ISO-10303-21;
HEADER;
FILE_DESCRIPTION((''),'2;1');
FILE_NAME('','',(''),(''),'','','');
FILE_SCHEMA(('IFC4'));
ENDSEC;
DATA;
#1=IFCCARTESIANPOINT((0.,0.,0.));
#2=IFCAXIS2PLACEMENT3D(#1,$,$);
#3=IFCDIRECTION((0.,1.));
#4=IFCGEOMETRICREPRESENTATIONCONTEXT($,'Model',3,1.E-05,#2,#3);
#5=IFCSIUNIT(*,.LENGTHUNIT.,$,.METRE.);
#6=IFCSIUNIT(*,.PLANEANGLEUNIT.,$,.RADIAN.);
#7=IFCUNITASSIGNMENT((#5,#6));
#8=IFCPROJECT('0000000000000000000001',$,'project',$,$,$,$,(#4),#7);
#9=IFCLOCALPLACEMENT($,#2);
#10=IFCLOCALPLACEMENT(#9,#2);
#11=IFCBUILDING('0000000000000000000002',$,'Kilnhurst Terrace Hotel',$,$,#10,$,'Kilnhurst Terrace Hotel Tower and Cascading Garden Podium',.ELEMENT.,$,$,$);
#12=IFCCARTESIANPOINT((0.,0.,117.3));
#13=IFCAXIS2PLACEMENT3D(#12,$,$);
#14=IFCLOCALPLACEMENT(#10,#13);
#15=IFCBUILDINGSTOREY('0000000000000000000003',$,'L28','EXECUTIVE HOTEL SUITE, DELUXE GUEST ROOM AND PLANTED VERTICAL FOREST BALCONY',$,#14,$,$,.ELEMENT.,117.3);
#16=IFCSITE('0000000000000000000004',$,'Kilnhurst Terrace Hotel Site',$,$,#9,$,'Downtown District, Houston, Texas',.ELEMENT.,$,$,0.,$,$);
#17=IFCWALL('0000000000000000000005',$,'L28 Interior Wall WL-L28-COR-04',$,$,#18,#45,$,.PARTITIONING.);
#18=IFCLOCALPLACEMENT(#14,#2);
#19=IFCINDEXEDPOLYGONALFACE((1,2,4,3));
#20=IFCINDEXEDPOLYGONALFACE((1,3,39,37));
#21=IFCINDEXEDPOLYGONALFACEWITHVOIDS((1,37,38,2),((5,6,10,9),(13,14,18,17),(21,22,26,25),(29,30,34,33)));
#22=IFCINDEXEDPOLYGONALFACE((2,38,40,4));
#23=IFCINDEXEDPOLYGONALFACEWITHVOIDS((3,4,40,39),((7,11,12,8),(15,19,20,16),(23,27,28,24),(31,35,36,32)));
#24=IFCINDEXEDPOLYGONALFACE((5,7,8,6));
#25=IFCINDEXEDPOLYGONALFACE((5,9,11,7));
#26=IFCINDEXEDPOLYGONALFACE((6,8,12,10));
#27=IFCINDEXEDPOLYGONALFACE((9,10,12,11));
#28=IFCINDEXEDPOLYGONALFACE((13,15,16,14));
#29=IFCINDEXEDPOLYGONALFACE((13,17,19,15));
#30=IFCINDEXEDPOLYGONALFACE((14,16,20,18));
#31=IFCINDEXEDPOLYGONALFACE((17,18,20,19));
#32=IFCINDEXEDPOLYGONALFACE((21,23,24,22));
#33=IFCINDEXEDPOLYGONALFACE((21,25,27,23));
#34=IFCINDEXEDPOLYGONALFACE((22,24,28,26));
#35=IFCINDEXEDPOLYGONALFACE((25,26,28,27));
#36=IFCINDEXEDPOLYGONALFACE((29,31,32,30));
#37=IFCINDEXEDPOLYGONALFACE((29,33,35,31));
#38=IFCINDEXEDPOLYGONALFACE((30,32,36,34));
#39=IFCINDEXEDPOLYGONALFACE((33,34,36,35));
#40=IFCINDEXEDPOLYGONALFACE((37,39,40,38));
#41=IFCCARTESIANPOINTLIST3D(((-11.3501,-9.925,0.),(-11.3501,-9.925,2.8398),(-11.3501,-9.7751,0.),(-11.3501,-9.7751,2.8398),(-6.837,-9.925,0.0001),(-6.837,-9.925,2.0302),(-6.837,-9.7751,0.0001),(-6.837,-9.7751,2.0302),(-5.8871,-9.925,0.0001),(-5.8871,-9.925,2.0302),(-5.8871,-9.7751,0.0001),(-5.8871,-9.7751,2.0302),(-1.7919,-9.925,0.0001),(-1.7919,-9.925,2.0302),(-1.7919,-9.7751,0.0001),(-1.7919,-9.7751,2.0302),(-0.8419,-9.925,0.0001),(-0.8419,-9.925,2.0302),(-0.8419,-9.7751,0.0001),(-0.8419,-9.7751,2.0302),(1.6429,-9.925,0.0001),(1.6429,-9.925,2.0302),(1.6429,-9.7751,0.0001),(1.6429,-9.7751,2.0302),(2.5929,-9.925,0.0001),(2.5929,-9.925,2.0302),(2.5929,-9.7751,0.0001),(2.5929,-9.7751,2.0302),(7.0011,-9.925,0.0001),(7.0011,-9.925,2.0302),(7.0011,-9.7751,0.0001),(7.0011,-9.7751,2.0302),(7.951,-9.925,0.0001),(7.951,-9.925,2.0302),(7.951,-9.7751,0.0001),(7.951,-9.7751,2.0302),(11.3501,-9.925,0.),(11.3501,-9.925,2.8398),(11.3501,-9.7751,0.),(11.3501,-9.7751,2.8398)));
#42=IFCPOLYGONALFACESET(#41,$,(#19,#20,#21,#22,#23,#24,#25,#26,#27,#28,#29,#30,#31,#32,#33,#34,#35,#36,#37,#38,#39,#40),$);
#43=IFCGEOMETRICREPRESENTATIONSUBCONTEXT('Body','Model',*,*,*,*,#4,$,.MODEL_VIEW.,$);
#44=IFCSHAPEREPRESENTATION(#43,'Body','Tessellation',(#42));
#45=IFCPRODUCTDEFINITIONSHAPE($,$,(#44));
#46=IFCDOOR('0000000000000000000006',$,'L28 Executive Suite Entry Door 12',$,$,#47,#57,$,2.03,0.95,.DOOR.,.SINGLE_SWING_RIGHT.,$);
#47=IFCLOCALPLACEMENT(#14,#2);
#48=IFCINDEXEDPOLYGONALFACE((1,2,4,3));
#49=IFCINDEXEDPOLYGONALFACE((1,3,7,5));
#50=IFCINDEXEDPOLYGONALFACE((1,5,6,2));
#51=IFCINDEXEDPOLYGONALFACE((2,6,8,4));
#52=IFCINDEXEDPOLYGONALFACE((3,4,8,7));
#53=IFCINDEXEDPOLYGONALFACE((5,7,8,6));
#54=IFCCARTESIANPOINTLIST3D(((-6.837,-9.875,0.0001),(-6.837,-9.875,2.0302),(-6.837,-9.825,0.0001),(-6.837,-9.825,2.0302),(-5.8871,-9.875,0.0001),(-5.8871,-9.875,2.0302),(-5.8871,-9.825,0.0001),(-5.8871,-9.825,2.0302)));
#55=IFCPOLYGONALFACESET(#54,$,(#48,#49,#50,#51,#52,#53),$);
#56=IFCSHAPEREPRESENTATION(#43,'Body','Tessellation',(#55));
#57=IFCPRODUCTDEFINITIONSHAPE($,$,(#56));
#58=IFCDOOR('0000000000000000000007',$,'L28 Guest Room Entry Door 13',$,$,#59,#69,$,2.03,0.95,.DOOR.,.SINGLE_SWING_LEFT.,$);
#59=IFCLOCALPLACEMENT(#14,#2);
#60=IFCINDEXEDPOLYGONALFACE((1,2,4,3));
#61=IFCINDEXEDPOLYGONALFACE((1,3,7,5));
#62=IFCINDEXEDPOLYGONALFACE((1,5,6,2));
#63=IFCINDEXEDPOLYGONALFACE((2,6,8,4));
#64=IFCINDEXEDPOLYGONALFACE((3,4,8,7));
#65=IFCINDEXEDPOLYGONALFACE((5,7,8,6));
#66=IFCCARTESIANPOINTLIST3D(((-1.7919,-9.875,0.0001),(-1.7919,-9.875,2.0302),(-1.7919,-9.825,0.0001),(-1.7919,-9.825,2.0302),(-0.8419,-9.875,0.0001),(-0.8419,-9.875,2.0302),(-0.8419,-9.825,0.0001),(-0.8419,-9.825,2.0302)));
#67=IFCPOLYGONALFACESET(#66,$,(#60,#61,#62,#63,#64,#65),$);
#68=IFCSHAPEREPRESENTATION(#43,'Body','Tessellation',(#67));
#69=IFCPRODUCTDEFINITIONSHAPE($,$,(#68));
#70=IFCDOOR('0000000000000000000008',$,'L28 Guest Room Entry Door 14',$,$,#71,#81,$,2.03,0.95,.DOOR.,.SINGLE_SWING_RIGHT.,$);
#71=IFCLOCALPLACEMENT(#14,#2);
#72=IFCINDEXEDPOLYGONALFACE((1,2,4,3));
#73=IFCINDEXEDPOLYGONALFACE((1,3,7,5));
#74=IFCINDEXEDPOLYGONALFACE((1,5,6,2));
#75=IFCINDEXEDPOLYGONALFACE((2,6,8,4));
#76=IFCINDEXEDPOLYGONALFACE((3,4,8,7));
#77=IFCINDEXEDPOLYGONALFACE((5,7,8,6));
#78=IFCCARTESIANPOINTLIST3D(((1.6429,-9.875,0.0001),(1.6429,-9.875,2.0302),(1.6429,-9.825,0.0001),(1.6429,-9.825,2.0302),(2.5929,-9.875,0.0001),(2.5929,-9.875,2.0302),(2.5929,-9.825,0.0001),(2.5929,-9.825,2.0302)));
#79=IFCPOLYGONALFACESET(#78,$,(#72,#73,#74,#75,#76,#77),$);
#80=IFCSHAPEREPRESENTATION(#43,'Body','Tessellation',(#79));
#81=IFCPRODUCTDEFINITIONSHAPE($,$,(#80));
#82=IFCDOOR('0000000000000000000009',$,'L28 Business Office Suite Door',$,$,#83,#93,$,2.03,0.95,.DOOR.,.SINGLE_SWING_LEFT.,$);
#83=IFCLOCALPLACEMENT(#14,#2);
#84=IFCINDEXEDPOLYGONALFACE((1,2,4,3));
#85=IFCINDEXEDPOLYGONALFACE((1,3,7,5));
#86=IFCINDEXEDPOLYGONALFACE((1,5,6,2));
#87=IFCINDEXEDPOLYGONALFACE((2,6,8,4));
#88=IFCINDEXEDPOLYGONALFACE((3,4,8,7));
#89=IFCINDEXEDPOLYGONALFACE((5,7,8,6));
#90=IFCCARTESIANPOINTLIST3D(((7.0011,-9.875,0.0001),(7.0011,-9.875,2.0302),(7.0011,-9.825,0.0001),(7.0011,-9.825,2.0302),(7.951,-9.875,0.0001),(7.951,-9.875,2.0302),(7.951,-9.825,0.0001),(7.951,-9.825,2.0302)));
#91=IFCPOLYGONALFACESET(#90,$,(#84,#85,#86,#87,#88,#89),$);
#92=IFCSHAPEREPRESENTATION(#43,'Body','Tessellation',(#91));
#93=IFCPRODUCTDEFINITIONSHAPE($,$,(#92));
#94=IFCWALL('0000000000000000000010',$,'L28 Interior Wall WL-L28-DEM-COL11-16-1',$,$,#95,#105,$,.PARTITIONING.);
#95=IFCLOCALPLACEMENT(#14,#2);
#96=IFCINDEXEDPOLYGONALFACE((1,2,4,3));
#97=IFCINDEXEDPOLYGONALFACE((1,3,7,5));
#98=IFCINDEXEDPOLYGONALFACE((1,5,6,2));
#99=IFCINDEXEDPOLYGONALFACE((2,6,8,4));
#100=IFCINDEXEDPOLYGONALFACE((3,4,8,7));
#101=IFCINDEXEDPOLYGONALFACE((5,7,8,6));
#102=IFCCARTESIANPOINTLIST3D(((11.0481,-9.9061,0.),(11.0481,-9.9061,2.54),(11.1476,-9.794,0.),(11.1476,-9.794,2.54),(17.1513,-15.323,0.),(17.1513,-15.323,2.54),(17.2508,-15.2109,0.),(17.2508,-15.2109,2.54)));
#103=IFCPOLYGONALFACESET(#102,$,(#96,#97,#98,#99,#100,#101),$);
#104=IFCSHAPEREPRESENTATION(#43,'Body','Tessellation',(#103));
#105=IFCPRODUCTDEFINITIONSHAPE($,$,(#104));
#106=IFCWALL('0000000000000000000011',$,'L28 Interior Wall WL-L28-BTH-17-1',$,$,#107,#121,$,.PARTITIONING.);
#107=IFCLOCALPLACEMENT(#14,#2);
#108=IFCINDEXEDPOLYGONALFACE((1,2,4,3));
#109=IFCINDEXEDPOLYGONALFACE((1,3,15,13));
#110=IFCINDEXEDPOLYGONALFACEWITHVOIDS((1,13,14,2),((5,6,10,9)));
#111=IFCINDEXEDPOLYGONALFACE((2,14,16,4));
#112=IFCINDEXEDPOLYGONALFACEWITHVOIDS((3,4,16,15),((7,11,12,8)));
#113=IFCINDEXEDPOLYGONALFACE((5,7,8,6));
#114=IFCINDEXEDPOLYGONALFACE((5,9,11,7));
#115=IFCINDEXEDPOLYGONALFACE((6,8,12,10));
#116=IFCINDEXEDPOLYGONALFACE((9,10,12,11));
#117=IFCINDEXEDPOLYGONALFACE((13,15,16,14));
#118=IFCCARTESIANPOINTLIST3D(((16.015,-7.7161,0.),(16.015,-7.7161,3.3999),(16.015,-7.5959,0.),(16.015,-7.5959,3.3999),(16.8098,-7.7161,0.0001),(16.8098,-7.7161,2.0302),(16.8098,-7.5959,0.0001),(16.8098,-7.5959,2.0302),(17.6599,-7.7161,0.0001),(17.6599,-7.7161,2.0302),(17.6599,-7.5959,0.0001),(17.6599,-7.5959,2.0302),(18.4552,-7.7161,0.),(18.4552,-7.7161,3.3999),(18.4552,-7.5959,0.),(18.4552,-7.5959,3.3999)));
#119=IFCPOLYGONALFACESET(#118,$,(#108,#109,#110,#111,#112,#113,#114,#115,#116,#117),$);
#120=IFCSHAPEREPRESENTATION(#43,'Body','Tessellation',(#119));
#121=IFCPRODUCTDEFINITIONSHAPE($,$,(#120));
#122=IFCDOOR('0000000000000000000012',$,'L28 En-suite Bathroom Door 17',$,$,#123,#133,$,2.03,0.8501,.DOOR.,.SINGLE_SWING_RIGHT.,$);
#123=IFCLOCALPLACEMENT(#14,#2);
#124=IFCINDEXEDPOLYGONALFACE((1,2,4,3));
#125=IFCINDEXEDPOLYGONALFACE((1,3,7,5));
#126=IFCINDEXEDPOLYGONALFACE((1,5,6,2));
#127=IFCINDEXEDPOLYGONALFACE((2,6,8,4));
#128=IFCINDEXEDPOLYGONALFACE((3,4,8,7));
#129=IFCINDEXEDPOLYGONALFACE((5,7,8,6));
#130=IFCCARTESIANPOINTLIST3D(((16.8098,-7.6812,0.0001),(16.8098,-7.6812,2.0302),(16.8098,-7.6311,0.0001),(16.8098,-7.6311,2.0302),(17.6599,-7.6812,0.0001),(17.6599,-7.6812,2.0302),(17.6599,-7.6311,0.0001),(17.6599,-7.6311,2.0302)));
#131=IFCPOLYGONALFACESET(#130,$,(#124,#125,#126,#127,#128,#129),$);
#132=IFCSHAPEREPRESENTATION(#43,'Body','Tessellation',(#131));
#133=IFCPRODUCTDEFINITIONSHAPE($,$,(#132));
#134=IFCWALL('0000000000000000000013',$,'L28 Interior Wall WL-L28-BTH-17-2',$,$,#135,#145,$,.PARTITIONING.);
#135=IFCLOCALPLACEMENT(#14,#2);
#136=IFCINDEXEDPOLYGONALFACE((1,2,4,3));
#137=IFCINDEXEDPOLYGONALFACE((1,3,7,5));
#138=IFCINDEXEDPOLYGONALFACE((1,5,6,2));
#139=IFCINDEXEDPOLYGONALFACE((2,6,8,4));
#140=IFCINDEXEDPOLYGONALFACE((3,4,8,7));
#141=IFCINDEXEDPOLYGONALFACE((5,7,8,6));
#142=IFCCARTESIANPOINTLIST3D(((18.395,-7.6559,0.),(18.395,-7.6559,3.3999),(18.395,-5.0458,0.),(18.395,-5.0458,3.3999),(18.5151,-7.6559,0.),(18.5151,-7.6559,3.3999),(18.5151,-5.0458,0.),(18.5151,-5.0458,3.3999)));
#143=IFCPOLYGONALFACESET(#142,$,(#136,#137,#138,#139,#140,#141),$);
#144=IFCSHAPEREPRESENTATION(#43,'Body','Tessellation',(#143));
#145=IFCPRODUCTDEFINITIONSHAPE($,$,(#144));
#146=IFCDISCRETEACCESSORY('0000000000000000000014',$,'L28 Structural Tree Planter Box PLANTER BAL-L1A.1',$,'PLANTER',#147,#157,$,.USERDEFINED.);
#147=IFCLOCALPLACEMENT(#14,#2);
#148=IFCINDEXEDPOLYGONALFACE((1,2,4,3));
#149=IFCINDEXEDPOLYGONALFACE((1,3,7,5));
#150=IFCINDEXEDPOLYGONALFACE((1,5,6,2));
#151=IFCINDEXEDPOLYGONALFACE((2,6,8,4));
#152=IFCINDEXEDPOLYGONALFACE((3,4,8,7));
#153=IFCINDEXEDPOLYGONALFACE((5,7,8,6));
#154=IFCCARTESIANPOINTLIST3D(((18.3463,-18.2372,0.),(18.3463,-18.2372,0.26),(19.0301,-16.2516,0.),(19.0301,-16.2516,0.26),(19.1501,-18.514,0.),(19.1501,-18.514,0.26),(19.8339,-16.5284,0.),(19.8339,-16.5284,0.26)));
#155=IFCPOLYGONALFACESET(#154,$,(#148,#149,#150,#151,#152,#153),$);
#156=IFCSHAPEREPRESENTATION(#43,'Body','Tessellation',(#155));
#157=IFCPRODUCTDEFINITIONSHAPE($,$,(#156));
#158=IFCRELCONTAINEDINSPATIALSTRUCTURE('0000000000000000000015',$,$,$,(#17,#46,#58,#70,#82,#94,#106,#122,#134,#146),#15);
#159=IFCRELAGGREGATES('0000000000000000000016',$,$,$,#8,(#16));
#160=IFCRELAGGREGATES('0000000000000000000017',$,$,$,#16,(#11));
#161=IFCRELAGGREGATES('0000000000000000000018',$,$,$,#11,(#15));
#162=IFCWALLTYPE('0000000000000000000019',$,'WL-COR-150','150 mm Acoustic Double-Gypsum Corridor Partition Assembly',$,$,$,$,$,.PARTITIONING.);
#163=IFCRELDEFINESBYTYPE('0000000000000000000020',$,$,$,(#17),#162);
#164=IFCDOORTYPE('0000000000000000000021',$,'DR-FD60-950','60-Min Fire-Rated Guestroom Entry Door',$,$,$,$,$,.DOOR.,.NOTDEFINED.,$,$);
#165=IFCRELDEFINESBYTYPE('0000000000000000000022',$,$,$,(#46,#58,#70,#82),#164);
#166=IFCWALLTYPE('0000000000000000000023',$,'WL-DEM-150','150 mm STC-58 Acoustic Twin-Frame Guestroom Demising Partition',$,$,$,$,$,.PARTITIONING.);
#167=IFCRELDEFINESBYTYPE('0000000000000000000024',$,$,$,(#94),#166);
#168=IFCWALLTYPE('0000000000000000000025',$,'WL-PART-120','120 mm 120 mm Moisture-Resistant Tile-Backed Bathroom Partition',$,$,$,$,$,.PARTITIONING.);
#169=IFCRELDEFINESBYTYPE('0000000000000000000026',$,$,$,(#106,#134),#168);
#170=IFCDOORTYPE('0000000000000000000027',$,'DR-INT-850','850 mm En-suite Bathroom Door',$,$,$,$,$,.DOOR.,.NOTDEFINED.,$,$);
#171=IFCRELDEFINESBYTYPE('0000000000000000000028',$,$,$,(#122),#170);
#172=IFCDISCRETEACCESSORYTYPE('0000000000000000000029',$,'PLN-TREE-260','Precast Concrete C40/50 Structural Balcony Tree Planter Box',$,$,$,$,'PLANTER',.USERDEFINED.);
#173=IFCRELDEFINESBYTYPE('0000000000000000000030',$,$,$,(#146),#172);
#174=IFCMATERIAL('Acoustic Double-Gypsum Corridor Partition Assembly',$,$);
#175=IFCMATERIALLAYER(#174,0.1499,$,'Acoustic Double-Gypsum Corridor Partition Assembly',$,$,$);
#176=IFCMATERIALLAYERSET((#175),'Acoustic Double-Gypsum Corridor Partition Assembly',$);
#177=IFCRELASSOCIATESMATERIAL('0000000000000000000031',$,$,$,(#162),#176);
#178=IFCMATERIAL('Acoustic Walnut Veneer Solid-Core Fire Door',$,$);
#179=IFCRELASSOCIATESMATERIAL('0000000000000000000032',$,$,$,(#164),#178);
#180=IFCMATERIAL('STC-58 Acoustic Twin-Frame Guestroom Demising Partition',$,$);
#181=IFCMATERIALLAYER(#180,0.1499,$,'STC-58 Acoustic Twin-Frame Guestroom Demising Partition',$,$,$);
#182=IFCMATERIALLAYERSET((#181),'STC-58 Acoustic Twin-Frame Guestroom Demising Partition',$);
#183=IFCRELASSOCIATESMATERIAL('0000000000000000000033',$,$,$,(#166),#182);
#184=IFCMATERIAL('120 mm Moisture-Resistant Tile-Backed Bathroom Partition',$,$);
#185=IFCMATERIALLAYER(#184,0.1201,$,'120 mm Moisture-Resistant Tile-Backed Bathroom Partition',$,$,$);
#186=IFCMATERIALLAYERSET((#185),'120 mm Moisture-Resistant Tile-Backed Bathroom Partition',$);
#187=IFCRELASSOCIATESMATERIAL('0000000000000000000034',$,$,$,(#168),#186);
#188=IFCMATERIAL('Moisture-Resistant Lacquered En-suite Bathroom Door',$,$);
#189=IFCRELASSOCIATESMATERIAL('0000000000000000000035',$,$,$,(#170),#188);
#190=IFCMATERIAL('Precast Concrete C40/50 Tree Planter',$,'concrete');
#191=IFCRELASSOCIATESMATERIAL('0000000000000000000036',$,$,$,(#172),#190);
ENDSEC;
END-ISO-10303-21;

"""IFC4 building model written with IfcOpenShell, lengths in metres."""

from ifc_helpers import new_model, si_unit, direction, frame, frame_2d, origin, origin_2d, place, context, subcontext, project, spatial, rectangle, extrude, material, layer, layer_set, type_object, element, fill, save


model = new_model("IFC4")

# Units and contexts
model_context = context("Model", 3, precision=1e-05, world=origin(), true_north=direction((0.0, 1.0)))
body_context = subcontext(model_context, "Body", "Model", "MODEL_VIEW")
ifc_project = project(units=[si_unit("LENGTHUNIT", "METRE"), si_unit("PLANEANGLEUNIT", "RADIAN")], contexts=[model_context])

# Site, building, storey
site_placement = place(None, origin())
site = spatial("IfcSite", under=ifc_project, at=site_placement, Name="Kilnhurst Terrace Hotel Site", LongName="Downtown District, Houston, Texas", CompositionType="ELEMENT", RefElevation=0.0)
building_placement = place(site_placement, origin())
building = spatial("IfcBuilding", under=site, at=building_placement, Name="Kilnhurst Terrace Hotel", LongName="Kilnhurst Terrace Hotel Tower and Cascading Garden Podium", CompositionType="ELEMENT")
storey_placement = place(building_placement, frame((0.0, 0.0, 117.3)))
storey = spatial("IfcBuildingStorey", under=building, at=storey_placement, Name="L28", Description="EXECUTIVE HOTEL SUITE, DELUXE GUEST ROOM AND PLANTED VERTICAL FOREST BALCONY", CompositionType="ELEMENT", Elevation=117.3)

# Wall, openings, doors
ifc_material_1 = material(Name="Acoustic Double-Gypsum Corridor Partition Assembly")
ifc_layer_1 = layer(ifc_material_1, 0.1499, Name="Acoustic Double-Gypsum Corridor Partition Assembly")
ifc_layer_set_1 = layer_set([ifc_layer_1], Name="Acoustic Double-Gypsum Corridor Partition Assembly")
wall_type_1 = type_object("IfcWallType", Name="WL-COR-150", Description="150 mm Acoustic Double-Gypsum Corridor Partition Assembly", PredefinedType="PARTITIONING", material=ifc_layer_set_1)
wall_1_placement = place(storey_placement, frame((11.3501, -9.8501, 0.0), z_axis=(0.0, 0.0, 1.0), x_axis=(-1.0, 0.0, 0.0)))
wall_1 = element("IfcWall", 1, at=wall_1_placement, inside=storey, type_object=wall_type_1, Name="L28 Interior Wall WL-L28-COR-04", PredefinedType="PARTITIONING", context=body_context, shape_type="SweptSolid", body=[
    extrude(rectangle(XDim=22.7002, YDim=0.1499, at=frame_2d((11.3501, 0.0))), origin(), (0.0, 0.0, 1.0), 2.8398),
])
opening_1_placement = place(wall_1_placement, frame((17.2371, 0.0, 0.0)))
opening_1 = element("IfcOpeningElement", 2, at=opening_1_placement, cuts=wall_1, PredefinedType="OPENING", context=body_context, shape_type="SweptSolid", body=[
    extrude(rectangle(XDim=0.95, YDim=2.03, at=frame_2d((0.4751, 1.0151))), frame((0.0, 0.085, 0.0), z_axis=(0.0, -1.0, 0.0), x_axis=(1.0, 0.0, 0.0)), (0.0, 0.0, 1.0), 0.1699),
])
opening_2_placement = place(wall_1_placement, frame((12.1919, 0.0, 0.0)))
opening_2 = element("IfcOpeningElement", 3, at=opening_2_placement, cuts=wall_1, PredefinedType="OPENING", context=body_context, shape_type="SweptSolid", body=[
    extrude(rectangle(XDim=0.95, YDim=2.03, at=frame_2d((0.4751, 1.0151))), frame((0.0, 0.085, 0.0), z_axis=(0.0, -1.0, 0.0), x_axis=(1.0, 0.0, 0.0)), (0.0, 0.0, 1.0), 0.1699),
])
opening_3_placement = place(wall_1_placement, frame((8.7571, 0.0, 0.0)))
opening_3 = element("IfcOpeningElement", 4, at=opening_3_placement, cuts=wall_1, PredefinedType="OPENING", context=body_context, shape_type="SweptSolid", body=[
    extrude(rectangle(XDim=0.95, YDim=2.03, at=frame_2d((0.4751, 1.0151))), frame((0.0, 0.085, 0.0), z_axis=(0.0, -1.0, 0.0), x_axis=(1.0, 0.0, 0.0)), (0.0, 0.0, 1.0), 0.1699),
])
opening_4_placement = place(wall_1_placement, frame((3.3989, 0.0, 0.0)))
opening_4 = element("IfcOpeningElement", 5, at=opening_4_placement, cuts=wall_1, PredefinedType="OPENING", context=body_context, shape_type="SweptSolid", body=[
    extrude(rectangle(XDim=0.95, YDim=2.03, at=frame_2d((0.4751, 1.0151))), frame((0.0, 0.085, 0.0), z_axis=(0.0, -1.0, 0.0), x_axis=(1.0, 0.0, 0.0)), (0.0, 0.0, 1.0), 0.1699),
])
ifc_material_2 = material(Name="Acoustic Walnut Veneer Solid-Core Fire Door")
door_type_1 = type_object("IfcDoorType", Name="DR-FD60-950", Description="60-Min Fire-Rated Guestroom Entry Door", OperationType="NOTDEFINED", PredefinedType="DOOR", material=ifc_material_2)
door_1_placement = place(opening_1_placement, origin())
door_1 = element("IfcDoor", 6, at=door_1_placement, inside=storey, type_object=door_type_1, Name="L28 Executive Suite Entry Door 12", OperationType="SINGLE_SWING_RIGHT", OverallHeight=2.03, OverallWidth=0.95, PredefinedType="DOOR", context=body_context, shape_type="SweptSolid", body=[
    extrude(rectangle(XDim=0.95, YDim=2.03, at=frame_2d((0.4751, 1.0151))), frame((0.0, 0.0249, 0.0), z_axis=(0.0, -1.0, 0.0), x_axis=(1.0, 0.0, 0.0)), (0.0, 0.0, 1.0), 0.05),
])
fill(opening_1, door_1)
door_2_placement = place(opening_2_placement, origin())
door_2 = element("IfcDoor", 7, at=door_2_placement, inside=storey, type_object=door_type_1, Name="L28 Guest Room Entry Door 13", OperationType="SINGLE_SWING_LEFT", OverallHeight=2.03, OverallWidth=0.95, PredefinedType="DOOR", context=body_context, shape_type="SweptSolid", body=[
    extrude(rectangle(XDim=0.95, YDim=2.03, at=frame_2d((0.4751, 1.0151))), frame((0.0, 0.0249, 0.0), z_axis=(0.0, -1.0, 0.0), x_axis=(1.0, 0.0, 0.0)), (0.0, 0.0, 1.0), 0.05),
])
fill(opening_2, door_2)
door_3_placement = place(opening_3_placement, origin())
door_3 = element("IfcDoor", 8, at=door_3_placement, inside=storey, type_object=door_type_1, Name="L28 Guest Room Entry Door 14", OperationType="SINGLE_SWING_RIGHT", OverallHeight=2.03, OverallWidth=0.95, PredefinedType="DOOR", context=body_context, shape_type="SweptSolid", body=[
    extrude(rectangle(XDim=0.95, YDim=2.03, at=frame_2d((0.4751, 1.0151))), frame((0.0, 0.0249, 0.0), z_axis=(0.0, -1.0, 0.0), x_axis=(1.0, 0.0, 0.0)), (0.0, 0.0, 1.0), 0.05),
])
fill(opening_3, door_3)
door_4_placement = place(opening_4_placement, origin())
door_4 = element("IfcDoor", 9, at=door_4_placement, inside=storey, type_object=door_type_1, Name="L28 Business Office Suite Door", OperationType="SINGLE_SWING_LEFT", OverallHeight=2.03, OverallWidth=0.95, PredefinedType="DOOR", context=body_context, shape_type="SweptSolid", body=[
    extrude(rectangle(XDim=0.95, YDim=2.03, at=frame_2d((0.4751, 1.0151))), frame((0.0, 0.0249, 0.0), z_axis=(0.0, -1.0, 0.0), x_axis=(1.0, 0.0, 0.0)), (0.0, 0.0, 1.0), 0.05),
])
fill(opening_4, door_4)

# Wall
ifc_material_3 = material(Name="STC-58 Acoustic Twin-Frame Guestroom Demising Partition")
ifc_layer_2 = layer(ifc_material_3, 0.1499, Name="STC-58 Acoustic Twin-Frame Guestroom Demising Partition")
ifc_layer_set_2 = layer_set([ifc_layer_2], Name="STC-58 Acoustic Twin-Frame Guestroom Demising Partition")
wall_type_2 = type_object("IfcWallType", Name="WL-DEM-150", Description="150 mm STC-58 Acoustic Twin-Frame Guestroom Demising Partition", PredefinedType="PARTITIONING", material=ifc_layer_set_2)
wall_2_placement = place(storey_placement, frame((11.0979, -9.8501, 0.0), z_axis=(0.0, 0.0, 1.0), x_axis=(0.747904, -0.663807, 0.0)))
element("IfcWall", 10, at=wall_2_placement, inside=storey, type_object=wall_type_2, Name="L28 Interior Wall WL-L28-DEM-COL11-16-1", PredefinedType="PARTITIONING", context=body_context, shape_type="SweptSolid", body=[
    extrude(rectangle(XDim=8.1604, YDim=0.1499, at=frame_2d((4.0801, 0.0))), origin(), (0.0, 0.0, 1.0), 2.54),
])

# Wall, opening, door
ifc_material_4 = material(Name="120 mm Moisture-Resistant Tile-Backed Bathroom Partition")
ifc_layer_3 = layer(ifc_material_4, 0.1201, Name="120 mm Moisture-Resistant Tile-Backed Bathroom Partition")
ifc_layer_set_3 = layer_set([ifc_layer_3], Name="120 mm Moisture-Resistant Tile-Backed Bathroom Partition")
wall_type_3 = type_object("IfcWallType", Name="WL-PART-120", Description="120 mm 120 mm Moisture-Resistant Tile-Backed Bathroom Partition", PredefinedType="PARTITIONING", material=ifc_layer_set_3)
wall_3_placement = place(storey_placement, frame((16.0149, -7.656, 0.0), z_axis=(0.0, 0.0, 1.0), x_axis=(1.0, 0.0, 0.0)))
wall_3 = element("IfcWall", 11, at=wall_3_placement, inside=storey, type_object=wall_type_3, Name="L28 Interior Wall WL-L28-BTH-17-1", PredefinedType="PARTITIONING", context=body_context, shape_type="SweptSolid", body=[
    extrude(rectangle(XDim=2.4402, YDim=0.1201, at=frame_2d((1.2202, 0.0))), origin(), (0.0, 0.0, 1.0), 3.3999),
])
opening_5_placement = place(wall_3_placement, frame((0.7949, 0.0, 0.0)))
opening_5 = element("IfcOpeningElement", 12, at=opening_5_placement, cuts=wall_3, PredefinedType="OPENING", context=body_context, shape_type="SweptSolid", body=[
    extrude(rectangle(XDim=0.8501, YDim=2.03, at=frame_2d((0.425, 1.0151))), frame((0.0, 0.0701, 0.0), z_axis=(0.0, -1.0, 0.0), x_axis=(1.0, 0.0, 0.0)), (0.0, 0.0, 1.0), 0.1401),
])
ifc_material_5 = material(Name="Moisture-Resistant Lacquered En-suite Bathroom Door")
door_type_2 = type_object("IfcDoorType", Name="DR-INT-850", Description="850 mm En-suite Bathroom Door", OperationType="NOTDEFINED", PredefinedType="DOOR", material=ifc_material_5)
door_5_placement = place(opening_5_placement, origin())
door_5 = element("IfcDoor", 13, at=door_5_placement, inside=storey, type_object=door_type_2, Name="L28 En-suite Bathroom Door 17", OperationType="SINGLE_SWING_RIGHT", OverallHeight=2.03, OverallWidth=0.8501, PredefinedType="DOOR", context=body_context, shape_type="SweptSolid", body=[
    extrude(rectangle(XDim=0.8501, YDim=2.03, at=frame_2d((0.425, 1.0151))), frame((0.0, 0.0249, 0.0), z_axis=(0.0, -1.0, 0.0), x_axis=(1.0, 0.0, 0.0)), (0.0, 0.0, 1.0), 0.05),
])
fill(opening_5, door_5)

# Wall
wall_4_placement = place(storey_placement, frame((18.4551, -7.656, 0.0), z_axis=(0.0, 0.0, 1.0), x_axis=(0.0, 1.0, 0.0)))
element("IfcWall", 14, at=wall_4_placement, inside=storey, type_object=wall_type_3, Name="L28 Interior Wall WL-L28-BTH-17-2", PredefinedType="PARTITIONING", context=body_context, shape_type="SweptSolid", body=[
    extrude(rectangle(XDim=2.6101, YDim=0.1201, at=frame_2d((1.3052, 0.0))), origin(), (0.0, 0.0, 1.0), 3.3999),
])

# Discrete accessory
ifc_material_6 = material(Name="Precast Concrete C40/50 Tree Planter", Category="concrete")
discrete_accessory_type = type_object("IfcDiscreteAccessoryType", Name="PLN-TREE-260", Description="Precast Concrete C40/50 Structural Balcony Tree Planter Box", ElementType="PLANTER", PredefinedType="USERDEFINED", material=ifc_material_6)
discrete_accessory_placement = place(storey_placement, frame((19.0901, -17.3828, 0.0), z_axis=(0.0, 0.0, 1.0), x_axis=(0.325601, 0.945507, 0.0)))
element("IfcDiscreteAccessory", 15, at=discrete_accessory_placement, inside=storey, type_object=discrete_accessory_type, Name="L28 Structural Tree Planter Box PLANTER BAL-L1A.1", ObjectType="PLANTER", PredefinedType="USERDEFINED", context=body_context, shape_type="SweptSolid", body=[
    extrude(rectangle(XDim=2.1001, YDim=0.8501, at=origin_2d()), origin(), (0.0, 0.0, 1.0), 0.26),
])

save(model, "model.ifc")
